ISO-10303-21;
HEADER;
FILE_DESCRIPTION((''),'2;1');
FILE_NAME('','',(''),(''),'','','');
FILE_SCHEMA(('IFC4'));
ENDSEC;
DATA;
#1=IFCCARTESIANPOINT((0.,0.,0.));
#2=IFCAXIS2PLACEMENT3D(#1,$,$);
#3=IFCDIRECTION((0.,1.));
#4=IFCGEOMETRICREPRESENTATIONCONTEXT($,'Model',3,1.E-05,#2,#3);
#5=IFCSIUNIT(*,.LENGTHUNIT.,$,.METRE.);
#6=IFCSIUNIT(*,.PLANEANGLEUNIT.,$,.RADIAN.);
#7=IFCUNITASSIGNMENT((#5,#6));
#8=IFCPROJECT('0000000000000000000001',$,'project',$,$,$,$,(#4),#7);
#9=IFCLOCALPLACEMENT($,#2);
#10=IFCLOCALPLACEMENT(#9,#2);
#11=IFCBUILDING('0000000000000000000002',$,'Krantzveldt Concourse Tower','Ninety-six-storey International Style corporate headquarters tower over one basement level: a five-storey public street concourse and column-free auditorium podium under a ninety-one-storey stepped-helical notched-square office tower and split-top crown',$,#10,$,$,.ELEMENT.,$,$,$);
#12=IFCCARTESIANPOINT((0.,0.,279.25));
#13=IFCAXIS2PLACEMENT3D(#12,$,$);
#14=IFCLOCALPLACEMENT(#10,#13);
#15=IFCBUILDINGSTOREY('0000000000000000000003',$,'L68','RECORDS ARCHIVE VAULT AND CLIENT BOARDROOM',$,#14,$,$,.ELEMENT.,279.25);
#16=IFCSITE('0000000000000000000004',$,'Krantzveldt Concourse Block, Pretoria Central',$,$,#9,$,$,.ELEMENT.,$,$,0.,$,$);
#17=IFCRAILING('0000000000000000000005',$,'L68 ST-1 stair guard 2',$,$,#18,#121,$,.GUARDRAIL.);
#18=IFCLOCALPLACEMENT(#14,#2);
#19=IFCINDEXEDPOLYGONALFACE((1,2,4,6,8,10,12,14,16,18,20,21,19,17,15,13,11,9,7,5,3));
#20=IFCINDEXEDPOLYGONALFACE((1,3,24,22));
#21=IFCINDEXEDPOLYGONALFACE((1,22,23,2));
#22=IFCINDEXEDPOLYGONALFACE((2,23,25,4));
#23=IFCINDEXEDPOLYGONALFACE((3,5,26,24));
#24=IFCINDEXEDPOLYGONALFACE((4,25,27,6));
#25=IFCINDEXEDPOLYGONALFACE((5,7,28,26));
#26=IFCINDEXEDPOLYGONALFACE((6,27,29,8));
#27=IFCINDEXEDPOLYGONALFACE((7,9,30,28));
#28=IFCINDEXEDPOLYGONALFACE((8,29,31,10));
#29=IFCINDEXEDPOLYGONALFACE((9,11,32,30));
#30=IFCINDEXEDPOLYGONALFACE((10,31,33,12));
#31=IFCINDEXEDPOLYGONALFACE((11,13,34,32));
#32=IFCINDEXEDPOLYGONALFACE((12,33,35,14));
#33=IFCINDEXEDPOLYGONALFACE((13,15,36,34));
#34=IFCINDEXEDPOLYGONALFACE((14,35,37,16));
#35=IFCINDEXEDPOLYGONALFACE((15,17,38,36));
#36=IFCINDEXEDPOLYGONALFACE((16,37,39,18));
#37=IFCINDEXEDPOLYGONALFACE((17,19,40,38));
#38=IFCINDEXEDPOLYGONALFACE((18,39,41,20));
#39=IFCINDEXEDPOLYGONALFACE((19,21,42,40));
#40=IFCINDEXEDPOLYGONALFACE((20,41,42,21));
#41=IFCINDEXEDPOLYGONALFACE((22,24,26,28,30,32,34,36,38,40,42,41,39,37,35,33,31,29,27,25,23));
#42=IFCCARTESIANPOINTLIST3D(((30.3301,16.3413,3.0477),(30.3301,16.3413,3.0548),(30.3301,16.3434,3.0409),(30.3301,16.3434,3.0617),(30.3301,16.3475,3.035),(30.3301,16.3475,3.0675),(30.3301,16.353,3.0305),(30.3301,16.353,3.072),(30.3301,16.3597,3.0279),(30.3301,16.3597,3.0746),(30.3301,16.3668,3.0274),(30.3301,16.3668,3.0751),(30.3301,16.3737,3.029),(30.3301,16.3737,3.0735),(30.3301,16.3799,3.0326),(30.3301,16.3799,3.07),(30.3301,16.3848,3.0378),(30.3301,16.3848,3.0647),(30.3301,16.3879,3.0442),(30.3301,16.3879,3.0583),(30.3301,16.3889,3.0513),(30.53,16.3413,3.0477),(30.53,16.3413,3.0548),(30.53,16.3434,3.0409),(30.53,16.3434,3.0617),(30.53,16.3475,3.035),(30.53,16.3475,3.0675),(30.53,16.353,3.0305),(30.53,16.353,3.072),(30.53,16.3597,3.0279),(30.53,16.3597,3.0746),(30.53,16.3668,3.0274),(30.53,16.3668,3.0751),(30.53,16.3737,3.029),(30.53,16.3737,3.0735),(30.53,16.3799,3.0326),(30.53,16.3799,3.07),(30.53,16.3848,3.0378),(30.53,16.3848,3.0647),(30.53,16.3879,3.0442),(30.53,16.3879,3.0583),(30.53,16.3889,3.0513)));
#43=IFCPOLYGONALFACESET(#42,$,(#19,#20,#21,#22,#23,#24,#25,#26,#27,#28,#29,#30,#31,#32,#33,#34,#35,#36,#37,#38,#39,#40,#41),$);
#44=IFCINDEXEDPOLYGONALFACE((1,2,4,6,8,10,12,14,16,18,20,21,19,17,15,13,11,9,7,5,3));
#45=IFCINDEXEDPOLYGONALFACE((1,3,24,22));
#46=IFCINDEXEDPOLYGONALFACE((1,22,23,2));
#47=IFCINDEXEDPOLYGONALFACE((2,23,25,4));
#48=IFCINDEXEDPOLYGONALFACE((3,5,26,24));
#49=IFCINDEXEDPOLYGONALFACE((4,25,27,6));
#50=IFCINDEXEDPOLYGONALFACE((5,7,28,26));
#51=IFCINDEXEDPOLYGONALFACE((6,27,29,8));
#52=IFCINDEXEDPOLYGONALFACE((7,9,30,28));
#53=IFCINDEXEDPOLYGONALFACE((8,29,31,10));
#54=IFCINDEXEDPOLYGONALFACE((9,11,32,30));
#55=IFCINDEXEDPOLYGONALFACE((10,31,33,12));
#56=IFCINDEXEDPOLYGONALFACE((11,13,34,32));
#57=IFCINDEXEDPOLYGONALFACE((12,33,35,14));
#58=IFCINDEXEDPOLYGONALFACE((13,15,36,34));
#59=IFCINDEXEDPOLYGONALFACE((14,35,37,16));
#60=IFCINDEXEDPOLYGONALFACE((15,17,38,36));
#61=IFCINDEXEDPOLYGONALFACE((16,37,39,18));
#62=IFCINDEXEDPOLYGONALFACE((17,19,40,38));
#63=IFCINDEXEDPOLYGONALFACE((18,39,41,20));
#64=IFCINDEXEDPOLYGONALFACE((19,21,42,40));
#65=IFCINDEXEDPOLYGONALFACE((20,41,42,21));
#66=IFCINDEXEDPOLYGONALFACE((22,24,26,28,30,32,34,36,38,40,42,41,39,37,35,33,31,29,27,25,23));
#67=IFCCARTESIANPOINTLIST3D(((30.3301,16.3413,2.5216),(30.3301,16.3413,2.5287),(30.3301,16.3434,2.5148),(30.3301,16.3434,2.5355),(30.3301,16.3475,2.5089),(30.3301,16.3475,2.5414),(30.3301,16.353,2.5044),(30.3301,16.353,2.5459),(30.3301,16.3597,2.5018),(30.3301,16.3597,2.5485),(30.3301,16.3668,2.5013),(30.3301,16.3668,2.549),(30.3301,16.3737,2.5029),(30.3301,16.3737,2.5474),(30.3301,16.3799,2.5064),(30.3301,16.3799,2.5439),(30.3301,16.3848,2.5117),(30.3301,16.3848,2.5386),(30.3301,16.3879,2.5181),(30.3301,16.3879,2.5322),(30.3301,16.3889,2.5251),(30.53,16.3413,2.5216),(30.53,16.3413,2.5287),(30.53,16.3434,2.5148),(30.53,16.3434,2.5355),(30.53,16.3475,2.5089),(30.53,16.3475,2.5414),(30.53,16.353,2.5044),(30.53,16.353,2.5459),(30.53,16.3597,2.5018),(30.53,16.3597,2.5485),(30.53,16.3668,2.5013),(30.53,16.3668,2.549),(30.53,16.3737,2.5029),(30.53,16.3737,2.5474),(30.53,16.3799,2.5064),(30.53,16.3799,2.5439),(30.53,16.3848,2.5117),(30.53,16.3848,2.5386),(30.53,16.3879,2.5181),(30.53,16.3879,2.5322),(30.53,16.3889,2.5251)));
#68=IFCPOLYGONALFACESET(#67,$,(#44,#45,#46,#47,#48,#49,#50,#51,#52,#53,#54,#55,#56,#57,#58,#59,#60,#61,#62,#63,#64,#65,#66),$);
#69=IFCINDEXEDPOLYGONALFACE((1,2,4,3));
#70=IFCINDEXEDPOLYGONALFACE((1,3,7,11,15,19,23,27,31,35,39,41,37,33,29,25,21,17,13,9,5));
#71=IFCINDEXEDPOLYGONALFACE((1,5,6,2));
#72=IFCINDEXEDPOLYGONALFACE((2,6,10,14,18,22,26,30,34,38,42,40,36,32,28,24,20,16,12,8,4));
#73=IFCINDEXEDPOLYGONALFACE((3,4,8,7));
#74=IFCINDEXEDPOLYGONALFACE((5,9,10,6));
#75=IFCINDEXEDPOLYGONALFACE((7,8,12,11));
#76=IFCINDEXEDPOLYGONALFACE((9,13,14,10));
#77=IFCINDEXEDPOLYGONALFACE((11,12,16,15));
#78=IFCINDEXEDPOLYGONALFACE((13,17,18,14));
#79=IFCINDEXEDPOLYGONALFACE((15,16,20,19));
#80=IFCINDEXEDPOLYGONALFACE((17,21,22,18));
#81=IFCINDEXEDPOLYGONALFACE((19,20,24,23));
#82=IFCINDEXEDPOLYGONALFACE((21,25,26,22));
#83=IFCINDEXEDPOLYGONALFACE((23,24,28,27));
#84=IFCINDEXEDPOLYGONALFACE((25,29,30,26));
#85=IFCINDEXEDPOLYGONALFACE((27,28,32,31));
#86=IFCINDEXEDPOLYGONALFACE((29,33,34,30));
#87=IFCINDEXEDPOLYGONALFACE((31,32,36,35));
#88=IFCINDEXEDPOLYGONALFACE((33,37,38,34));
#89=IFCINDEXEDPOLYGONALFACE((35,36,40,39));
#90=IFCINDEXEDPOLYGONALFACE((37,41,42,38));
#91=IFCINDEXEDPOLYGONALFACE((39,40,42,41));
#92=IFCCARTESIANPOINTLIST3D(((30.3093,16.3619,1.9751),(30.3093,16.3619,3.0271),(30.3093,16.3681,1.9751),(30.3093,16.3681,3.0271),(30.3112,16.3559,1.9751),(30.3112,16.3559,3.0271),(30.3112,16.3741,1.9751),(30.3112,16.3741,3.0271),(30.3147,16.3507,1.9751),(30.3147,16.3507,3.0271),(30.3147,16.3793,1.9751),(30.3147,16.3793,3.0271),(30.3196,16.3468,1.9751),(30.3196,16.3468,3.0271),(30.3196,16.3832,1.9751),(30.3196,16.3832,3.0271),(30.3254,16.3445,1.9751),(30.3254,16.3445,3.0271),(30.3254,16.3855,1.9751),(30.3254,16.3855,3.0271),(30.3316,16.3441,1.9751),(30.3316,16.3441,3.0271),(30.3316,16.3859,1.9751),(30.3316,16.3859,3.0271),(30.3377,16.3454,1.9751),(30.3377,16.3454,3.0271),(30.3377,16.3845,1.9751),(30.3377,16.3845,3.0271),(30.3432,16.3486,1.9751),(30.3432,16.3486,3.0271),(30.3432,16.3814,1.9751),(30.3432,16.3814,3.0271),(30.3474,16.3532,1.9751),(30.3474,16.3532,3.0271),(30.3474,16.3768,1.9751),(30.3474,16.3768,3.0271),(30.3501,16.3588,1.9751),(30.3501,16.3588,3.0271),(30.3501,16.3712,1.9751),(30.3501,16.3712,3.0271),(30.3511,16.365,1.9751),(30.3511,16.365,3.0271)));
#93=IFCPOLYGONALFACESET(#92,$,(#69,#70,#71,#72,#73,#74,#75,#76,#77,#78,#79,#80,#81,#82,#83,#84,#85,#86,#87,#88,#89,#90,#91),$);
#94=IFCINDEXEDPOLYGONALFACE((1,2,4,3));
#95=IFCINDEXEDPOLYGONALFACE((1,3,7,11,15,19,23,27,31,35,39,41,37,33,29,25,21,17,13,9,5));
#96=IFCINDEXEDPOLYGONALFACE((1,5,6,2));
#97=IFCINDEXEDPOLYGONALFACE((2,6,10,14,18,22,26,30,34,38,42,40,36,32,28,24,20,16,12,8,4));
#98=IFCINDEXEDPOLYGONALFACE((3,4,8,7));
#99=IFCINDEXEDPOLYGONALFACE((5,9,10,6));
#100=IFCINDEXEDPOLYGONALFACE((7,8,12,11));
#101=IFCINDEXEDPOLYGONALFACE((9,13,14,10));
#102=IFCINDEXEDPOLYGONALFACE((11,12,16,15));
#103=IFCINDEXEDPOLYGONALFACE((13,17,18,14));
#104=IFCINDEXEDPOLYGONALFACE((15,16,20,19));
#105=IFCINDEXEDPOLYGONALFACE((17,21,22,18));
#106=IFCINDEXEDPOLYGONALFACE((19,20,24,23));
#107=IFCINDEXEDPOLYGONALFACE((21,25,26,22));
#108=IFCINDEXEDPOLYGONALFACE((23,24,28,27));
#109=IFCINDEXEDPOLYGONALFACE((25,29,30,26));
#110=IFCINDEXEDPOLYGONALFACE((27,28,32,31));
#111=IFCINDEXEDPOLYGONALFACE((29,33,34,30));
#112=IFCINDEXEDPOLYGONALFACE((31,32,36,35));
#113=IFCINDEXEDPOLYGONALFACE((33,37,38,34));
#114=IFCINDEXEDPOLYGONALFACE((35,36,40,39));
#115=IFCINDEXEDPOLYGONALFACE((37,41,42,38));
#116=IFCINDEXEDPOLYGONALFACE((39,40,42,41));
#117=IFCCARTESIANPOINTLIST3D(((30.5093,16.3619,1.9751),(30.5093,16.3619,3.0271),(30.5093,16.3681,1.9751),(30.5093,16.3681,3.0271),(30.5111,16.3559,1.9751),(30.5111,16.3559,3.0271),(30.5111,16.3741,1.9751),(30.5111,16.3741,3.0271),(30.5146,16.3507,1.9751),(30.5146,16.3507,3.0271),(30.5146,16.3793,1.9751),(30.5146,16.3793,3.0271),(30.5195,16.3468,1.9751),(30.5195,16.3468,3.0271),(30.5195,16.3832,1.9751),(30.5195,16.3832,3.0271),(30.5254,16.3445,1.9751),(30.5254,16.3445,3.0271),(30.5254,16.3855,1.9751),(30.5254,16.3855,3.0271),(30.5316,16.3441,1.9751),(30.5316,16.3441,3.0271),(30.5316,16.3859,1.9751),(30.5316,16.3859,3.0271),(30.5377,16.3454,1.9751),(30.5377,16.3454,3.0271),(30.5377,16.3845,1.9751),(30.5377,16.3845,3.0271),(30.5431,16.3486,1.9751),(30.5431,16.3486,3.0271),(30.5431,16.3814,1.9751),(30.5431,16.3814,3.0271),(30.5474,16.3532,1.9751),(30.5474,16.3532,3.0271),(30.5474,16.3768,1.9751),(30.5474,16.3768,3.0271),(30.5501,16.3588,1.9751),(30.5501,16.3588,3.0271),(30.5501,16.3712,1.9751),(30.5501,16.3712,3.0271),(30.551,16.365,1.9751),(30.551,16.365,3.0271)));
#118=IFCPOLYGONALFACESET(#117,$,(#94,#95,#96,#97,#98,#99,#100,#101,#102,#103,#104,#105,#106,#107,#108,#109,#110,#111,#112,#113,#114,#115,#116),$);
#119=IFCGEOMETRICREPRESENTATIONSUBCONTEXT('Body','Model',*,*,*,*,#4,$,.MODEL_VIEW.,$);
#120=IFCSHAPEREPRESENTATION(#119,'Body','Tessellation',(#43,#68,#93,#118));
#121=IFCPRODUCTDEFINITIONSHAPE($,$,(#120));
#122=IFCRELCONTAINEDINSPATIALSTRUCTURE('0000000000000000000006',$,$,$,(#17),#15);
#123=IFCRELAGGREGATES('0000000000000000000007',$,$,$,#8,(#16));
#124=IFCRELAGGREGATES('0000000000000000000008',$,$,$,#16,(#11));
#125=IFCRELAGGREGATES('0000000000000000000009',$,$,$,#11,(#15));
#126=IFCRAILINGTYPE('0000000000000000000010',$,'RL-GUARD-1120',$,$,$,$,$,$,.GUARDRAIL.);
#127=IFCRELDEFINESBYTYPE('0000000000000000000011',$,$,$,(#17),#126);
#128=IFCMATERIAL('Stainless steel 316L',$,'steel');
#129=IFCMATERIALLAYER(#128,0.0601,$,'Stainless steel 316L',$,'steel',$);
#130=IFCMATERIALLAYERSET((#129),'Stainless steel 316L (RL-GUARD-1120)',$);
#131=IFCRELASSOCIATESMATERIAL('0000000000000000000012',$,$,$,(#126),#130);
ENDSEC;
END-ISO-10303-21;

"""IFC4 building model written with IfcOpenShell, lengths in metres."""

from ifc_helpers import new_model, si_unit, direction, frame, origin, origin_2d, place, context, subcontext, project, spatial, circle, extrude, material, layer, layer_set, type_object, element, save


model = new_model("IFC4")

# Units and contexts
model_context = context("Model", 3, precision=1e-05, world=origin(), true_north=direction((0.0, 1.0)))
body_context = subcontext(model_context, "Body", "Model", "MODEL_VIEW")
ifc_project = project(units=[si_unit("LENGTHUNIT", "METRE"), si_unit("PLANEANGLEUNIT", "RADIAN")], contexts=[model_context])

# Site, building, storey
site_placement = place(None, origin())
site = spatial("IfcSite", under=ifc_project, at=site_placement, Name="Krantzveldt Concourse Block, Pretoria Central", CompositionType="ELEMENT", RefElevation=0.0)
building_placement = place(site_placement, origin())
building = spatial("IfcBuilding", under=site, at=building_placement, Name="Krantzveldt Concourse Tower", Description="Ninety-six-storey International Style corporate headquarters tower over one basement level: a five-storey public street concourse and column-free auditorium podium under a ninety-one-storey stepped-helical notched-square office tower and split-top crown", CompositionType="ELEMENT")
storey_placement = place(building_placement, frame((0.0, 0.0, 279.25)))
storey = spatial("IfcBuildingStorey", under=building, at=storey_placement, Name="L68", Description="RECORDS ARCHIVE VAULT AND CLIENT BOARDROOM", CompositionType="ELEMENT", Elevation=279.25)

# Railing
ifc_material_1 = material(Name="Stainless steel 316L", Category="steel")
ifc_layer_1 = layer(ifc_material_1, 0.0601, Name="Stainless steel 316L", Category="steel")
ifc_layer_set_1 = layer_set([ifc_layer_1], Name="Stainless steel 316L (RL-GUARD-1120)")
railing_type_1 = type_object("IfcRailingType", Name="RL-GUARD-1120", PredefinedType="GUARDRAIL", material=ifc_layer_set_1)
railing_1_placement = place(storey_placement, frame((30.3301, 16.365, 1.9751)))
element("IfcRailing", 1, at=railing_1_placement, inside=storey, type_object=railing_type_1, Name="L68 ST-1 stair guard 2", PredefinedType="GUARDRAIL", context=body_context, shape_type="SweptSolid", body=[
    extrude(circle(Radius=0.0239, at=origin_2d()), frame((0.0, 0.0, 1.0762), z_axis=(1.0, 0.0, 0.0), x_axis=(0.0, 1.0, 0.0)), (0.0, 0.0, 1.0), 0.2),
    extrude(circle(Radius=0.0239, at=origin_2d()), frame((0.0, 0.0, 0.55), z_axis=(1.0, 0.0, 0.0), x_axis=(0.0, 1.0, 0.0)), (0.0, 0.0, 1.0), 0.2),
    extrude(circle(Radius=0.021, at=origin_2d()), origin(), (0.0, 0.0, 1.0), 1.052),
    extrude(circle(Radius=0.021, at=origin_2d()), frame((0.2, 0.0, 0.0)), (0.0, 0.0, 1.0), 1.052),
])

save(model, "model.ifc")
